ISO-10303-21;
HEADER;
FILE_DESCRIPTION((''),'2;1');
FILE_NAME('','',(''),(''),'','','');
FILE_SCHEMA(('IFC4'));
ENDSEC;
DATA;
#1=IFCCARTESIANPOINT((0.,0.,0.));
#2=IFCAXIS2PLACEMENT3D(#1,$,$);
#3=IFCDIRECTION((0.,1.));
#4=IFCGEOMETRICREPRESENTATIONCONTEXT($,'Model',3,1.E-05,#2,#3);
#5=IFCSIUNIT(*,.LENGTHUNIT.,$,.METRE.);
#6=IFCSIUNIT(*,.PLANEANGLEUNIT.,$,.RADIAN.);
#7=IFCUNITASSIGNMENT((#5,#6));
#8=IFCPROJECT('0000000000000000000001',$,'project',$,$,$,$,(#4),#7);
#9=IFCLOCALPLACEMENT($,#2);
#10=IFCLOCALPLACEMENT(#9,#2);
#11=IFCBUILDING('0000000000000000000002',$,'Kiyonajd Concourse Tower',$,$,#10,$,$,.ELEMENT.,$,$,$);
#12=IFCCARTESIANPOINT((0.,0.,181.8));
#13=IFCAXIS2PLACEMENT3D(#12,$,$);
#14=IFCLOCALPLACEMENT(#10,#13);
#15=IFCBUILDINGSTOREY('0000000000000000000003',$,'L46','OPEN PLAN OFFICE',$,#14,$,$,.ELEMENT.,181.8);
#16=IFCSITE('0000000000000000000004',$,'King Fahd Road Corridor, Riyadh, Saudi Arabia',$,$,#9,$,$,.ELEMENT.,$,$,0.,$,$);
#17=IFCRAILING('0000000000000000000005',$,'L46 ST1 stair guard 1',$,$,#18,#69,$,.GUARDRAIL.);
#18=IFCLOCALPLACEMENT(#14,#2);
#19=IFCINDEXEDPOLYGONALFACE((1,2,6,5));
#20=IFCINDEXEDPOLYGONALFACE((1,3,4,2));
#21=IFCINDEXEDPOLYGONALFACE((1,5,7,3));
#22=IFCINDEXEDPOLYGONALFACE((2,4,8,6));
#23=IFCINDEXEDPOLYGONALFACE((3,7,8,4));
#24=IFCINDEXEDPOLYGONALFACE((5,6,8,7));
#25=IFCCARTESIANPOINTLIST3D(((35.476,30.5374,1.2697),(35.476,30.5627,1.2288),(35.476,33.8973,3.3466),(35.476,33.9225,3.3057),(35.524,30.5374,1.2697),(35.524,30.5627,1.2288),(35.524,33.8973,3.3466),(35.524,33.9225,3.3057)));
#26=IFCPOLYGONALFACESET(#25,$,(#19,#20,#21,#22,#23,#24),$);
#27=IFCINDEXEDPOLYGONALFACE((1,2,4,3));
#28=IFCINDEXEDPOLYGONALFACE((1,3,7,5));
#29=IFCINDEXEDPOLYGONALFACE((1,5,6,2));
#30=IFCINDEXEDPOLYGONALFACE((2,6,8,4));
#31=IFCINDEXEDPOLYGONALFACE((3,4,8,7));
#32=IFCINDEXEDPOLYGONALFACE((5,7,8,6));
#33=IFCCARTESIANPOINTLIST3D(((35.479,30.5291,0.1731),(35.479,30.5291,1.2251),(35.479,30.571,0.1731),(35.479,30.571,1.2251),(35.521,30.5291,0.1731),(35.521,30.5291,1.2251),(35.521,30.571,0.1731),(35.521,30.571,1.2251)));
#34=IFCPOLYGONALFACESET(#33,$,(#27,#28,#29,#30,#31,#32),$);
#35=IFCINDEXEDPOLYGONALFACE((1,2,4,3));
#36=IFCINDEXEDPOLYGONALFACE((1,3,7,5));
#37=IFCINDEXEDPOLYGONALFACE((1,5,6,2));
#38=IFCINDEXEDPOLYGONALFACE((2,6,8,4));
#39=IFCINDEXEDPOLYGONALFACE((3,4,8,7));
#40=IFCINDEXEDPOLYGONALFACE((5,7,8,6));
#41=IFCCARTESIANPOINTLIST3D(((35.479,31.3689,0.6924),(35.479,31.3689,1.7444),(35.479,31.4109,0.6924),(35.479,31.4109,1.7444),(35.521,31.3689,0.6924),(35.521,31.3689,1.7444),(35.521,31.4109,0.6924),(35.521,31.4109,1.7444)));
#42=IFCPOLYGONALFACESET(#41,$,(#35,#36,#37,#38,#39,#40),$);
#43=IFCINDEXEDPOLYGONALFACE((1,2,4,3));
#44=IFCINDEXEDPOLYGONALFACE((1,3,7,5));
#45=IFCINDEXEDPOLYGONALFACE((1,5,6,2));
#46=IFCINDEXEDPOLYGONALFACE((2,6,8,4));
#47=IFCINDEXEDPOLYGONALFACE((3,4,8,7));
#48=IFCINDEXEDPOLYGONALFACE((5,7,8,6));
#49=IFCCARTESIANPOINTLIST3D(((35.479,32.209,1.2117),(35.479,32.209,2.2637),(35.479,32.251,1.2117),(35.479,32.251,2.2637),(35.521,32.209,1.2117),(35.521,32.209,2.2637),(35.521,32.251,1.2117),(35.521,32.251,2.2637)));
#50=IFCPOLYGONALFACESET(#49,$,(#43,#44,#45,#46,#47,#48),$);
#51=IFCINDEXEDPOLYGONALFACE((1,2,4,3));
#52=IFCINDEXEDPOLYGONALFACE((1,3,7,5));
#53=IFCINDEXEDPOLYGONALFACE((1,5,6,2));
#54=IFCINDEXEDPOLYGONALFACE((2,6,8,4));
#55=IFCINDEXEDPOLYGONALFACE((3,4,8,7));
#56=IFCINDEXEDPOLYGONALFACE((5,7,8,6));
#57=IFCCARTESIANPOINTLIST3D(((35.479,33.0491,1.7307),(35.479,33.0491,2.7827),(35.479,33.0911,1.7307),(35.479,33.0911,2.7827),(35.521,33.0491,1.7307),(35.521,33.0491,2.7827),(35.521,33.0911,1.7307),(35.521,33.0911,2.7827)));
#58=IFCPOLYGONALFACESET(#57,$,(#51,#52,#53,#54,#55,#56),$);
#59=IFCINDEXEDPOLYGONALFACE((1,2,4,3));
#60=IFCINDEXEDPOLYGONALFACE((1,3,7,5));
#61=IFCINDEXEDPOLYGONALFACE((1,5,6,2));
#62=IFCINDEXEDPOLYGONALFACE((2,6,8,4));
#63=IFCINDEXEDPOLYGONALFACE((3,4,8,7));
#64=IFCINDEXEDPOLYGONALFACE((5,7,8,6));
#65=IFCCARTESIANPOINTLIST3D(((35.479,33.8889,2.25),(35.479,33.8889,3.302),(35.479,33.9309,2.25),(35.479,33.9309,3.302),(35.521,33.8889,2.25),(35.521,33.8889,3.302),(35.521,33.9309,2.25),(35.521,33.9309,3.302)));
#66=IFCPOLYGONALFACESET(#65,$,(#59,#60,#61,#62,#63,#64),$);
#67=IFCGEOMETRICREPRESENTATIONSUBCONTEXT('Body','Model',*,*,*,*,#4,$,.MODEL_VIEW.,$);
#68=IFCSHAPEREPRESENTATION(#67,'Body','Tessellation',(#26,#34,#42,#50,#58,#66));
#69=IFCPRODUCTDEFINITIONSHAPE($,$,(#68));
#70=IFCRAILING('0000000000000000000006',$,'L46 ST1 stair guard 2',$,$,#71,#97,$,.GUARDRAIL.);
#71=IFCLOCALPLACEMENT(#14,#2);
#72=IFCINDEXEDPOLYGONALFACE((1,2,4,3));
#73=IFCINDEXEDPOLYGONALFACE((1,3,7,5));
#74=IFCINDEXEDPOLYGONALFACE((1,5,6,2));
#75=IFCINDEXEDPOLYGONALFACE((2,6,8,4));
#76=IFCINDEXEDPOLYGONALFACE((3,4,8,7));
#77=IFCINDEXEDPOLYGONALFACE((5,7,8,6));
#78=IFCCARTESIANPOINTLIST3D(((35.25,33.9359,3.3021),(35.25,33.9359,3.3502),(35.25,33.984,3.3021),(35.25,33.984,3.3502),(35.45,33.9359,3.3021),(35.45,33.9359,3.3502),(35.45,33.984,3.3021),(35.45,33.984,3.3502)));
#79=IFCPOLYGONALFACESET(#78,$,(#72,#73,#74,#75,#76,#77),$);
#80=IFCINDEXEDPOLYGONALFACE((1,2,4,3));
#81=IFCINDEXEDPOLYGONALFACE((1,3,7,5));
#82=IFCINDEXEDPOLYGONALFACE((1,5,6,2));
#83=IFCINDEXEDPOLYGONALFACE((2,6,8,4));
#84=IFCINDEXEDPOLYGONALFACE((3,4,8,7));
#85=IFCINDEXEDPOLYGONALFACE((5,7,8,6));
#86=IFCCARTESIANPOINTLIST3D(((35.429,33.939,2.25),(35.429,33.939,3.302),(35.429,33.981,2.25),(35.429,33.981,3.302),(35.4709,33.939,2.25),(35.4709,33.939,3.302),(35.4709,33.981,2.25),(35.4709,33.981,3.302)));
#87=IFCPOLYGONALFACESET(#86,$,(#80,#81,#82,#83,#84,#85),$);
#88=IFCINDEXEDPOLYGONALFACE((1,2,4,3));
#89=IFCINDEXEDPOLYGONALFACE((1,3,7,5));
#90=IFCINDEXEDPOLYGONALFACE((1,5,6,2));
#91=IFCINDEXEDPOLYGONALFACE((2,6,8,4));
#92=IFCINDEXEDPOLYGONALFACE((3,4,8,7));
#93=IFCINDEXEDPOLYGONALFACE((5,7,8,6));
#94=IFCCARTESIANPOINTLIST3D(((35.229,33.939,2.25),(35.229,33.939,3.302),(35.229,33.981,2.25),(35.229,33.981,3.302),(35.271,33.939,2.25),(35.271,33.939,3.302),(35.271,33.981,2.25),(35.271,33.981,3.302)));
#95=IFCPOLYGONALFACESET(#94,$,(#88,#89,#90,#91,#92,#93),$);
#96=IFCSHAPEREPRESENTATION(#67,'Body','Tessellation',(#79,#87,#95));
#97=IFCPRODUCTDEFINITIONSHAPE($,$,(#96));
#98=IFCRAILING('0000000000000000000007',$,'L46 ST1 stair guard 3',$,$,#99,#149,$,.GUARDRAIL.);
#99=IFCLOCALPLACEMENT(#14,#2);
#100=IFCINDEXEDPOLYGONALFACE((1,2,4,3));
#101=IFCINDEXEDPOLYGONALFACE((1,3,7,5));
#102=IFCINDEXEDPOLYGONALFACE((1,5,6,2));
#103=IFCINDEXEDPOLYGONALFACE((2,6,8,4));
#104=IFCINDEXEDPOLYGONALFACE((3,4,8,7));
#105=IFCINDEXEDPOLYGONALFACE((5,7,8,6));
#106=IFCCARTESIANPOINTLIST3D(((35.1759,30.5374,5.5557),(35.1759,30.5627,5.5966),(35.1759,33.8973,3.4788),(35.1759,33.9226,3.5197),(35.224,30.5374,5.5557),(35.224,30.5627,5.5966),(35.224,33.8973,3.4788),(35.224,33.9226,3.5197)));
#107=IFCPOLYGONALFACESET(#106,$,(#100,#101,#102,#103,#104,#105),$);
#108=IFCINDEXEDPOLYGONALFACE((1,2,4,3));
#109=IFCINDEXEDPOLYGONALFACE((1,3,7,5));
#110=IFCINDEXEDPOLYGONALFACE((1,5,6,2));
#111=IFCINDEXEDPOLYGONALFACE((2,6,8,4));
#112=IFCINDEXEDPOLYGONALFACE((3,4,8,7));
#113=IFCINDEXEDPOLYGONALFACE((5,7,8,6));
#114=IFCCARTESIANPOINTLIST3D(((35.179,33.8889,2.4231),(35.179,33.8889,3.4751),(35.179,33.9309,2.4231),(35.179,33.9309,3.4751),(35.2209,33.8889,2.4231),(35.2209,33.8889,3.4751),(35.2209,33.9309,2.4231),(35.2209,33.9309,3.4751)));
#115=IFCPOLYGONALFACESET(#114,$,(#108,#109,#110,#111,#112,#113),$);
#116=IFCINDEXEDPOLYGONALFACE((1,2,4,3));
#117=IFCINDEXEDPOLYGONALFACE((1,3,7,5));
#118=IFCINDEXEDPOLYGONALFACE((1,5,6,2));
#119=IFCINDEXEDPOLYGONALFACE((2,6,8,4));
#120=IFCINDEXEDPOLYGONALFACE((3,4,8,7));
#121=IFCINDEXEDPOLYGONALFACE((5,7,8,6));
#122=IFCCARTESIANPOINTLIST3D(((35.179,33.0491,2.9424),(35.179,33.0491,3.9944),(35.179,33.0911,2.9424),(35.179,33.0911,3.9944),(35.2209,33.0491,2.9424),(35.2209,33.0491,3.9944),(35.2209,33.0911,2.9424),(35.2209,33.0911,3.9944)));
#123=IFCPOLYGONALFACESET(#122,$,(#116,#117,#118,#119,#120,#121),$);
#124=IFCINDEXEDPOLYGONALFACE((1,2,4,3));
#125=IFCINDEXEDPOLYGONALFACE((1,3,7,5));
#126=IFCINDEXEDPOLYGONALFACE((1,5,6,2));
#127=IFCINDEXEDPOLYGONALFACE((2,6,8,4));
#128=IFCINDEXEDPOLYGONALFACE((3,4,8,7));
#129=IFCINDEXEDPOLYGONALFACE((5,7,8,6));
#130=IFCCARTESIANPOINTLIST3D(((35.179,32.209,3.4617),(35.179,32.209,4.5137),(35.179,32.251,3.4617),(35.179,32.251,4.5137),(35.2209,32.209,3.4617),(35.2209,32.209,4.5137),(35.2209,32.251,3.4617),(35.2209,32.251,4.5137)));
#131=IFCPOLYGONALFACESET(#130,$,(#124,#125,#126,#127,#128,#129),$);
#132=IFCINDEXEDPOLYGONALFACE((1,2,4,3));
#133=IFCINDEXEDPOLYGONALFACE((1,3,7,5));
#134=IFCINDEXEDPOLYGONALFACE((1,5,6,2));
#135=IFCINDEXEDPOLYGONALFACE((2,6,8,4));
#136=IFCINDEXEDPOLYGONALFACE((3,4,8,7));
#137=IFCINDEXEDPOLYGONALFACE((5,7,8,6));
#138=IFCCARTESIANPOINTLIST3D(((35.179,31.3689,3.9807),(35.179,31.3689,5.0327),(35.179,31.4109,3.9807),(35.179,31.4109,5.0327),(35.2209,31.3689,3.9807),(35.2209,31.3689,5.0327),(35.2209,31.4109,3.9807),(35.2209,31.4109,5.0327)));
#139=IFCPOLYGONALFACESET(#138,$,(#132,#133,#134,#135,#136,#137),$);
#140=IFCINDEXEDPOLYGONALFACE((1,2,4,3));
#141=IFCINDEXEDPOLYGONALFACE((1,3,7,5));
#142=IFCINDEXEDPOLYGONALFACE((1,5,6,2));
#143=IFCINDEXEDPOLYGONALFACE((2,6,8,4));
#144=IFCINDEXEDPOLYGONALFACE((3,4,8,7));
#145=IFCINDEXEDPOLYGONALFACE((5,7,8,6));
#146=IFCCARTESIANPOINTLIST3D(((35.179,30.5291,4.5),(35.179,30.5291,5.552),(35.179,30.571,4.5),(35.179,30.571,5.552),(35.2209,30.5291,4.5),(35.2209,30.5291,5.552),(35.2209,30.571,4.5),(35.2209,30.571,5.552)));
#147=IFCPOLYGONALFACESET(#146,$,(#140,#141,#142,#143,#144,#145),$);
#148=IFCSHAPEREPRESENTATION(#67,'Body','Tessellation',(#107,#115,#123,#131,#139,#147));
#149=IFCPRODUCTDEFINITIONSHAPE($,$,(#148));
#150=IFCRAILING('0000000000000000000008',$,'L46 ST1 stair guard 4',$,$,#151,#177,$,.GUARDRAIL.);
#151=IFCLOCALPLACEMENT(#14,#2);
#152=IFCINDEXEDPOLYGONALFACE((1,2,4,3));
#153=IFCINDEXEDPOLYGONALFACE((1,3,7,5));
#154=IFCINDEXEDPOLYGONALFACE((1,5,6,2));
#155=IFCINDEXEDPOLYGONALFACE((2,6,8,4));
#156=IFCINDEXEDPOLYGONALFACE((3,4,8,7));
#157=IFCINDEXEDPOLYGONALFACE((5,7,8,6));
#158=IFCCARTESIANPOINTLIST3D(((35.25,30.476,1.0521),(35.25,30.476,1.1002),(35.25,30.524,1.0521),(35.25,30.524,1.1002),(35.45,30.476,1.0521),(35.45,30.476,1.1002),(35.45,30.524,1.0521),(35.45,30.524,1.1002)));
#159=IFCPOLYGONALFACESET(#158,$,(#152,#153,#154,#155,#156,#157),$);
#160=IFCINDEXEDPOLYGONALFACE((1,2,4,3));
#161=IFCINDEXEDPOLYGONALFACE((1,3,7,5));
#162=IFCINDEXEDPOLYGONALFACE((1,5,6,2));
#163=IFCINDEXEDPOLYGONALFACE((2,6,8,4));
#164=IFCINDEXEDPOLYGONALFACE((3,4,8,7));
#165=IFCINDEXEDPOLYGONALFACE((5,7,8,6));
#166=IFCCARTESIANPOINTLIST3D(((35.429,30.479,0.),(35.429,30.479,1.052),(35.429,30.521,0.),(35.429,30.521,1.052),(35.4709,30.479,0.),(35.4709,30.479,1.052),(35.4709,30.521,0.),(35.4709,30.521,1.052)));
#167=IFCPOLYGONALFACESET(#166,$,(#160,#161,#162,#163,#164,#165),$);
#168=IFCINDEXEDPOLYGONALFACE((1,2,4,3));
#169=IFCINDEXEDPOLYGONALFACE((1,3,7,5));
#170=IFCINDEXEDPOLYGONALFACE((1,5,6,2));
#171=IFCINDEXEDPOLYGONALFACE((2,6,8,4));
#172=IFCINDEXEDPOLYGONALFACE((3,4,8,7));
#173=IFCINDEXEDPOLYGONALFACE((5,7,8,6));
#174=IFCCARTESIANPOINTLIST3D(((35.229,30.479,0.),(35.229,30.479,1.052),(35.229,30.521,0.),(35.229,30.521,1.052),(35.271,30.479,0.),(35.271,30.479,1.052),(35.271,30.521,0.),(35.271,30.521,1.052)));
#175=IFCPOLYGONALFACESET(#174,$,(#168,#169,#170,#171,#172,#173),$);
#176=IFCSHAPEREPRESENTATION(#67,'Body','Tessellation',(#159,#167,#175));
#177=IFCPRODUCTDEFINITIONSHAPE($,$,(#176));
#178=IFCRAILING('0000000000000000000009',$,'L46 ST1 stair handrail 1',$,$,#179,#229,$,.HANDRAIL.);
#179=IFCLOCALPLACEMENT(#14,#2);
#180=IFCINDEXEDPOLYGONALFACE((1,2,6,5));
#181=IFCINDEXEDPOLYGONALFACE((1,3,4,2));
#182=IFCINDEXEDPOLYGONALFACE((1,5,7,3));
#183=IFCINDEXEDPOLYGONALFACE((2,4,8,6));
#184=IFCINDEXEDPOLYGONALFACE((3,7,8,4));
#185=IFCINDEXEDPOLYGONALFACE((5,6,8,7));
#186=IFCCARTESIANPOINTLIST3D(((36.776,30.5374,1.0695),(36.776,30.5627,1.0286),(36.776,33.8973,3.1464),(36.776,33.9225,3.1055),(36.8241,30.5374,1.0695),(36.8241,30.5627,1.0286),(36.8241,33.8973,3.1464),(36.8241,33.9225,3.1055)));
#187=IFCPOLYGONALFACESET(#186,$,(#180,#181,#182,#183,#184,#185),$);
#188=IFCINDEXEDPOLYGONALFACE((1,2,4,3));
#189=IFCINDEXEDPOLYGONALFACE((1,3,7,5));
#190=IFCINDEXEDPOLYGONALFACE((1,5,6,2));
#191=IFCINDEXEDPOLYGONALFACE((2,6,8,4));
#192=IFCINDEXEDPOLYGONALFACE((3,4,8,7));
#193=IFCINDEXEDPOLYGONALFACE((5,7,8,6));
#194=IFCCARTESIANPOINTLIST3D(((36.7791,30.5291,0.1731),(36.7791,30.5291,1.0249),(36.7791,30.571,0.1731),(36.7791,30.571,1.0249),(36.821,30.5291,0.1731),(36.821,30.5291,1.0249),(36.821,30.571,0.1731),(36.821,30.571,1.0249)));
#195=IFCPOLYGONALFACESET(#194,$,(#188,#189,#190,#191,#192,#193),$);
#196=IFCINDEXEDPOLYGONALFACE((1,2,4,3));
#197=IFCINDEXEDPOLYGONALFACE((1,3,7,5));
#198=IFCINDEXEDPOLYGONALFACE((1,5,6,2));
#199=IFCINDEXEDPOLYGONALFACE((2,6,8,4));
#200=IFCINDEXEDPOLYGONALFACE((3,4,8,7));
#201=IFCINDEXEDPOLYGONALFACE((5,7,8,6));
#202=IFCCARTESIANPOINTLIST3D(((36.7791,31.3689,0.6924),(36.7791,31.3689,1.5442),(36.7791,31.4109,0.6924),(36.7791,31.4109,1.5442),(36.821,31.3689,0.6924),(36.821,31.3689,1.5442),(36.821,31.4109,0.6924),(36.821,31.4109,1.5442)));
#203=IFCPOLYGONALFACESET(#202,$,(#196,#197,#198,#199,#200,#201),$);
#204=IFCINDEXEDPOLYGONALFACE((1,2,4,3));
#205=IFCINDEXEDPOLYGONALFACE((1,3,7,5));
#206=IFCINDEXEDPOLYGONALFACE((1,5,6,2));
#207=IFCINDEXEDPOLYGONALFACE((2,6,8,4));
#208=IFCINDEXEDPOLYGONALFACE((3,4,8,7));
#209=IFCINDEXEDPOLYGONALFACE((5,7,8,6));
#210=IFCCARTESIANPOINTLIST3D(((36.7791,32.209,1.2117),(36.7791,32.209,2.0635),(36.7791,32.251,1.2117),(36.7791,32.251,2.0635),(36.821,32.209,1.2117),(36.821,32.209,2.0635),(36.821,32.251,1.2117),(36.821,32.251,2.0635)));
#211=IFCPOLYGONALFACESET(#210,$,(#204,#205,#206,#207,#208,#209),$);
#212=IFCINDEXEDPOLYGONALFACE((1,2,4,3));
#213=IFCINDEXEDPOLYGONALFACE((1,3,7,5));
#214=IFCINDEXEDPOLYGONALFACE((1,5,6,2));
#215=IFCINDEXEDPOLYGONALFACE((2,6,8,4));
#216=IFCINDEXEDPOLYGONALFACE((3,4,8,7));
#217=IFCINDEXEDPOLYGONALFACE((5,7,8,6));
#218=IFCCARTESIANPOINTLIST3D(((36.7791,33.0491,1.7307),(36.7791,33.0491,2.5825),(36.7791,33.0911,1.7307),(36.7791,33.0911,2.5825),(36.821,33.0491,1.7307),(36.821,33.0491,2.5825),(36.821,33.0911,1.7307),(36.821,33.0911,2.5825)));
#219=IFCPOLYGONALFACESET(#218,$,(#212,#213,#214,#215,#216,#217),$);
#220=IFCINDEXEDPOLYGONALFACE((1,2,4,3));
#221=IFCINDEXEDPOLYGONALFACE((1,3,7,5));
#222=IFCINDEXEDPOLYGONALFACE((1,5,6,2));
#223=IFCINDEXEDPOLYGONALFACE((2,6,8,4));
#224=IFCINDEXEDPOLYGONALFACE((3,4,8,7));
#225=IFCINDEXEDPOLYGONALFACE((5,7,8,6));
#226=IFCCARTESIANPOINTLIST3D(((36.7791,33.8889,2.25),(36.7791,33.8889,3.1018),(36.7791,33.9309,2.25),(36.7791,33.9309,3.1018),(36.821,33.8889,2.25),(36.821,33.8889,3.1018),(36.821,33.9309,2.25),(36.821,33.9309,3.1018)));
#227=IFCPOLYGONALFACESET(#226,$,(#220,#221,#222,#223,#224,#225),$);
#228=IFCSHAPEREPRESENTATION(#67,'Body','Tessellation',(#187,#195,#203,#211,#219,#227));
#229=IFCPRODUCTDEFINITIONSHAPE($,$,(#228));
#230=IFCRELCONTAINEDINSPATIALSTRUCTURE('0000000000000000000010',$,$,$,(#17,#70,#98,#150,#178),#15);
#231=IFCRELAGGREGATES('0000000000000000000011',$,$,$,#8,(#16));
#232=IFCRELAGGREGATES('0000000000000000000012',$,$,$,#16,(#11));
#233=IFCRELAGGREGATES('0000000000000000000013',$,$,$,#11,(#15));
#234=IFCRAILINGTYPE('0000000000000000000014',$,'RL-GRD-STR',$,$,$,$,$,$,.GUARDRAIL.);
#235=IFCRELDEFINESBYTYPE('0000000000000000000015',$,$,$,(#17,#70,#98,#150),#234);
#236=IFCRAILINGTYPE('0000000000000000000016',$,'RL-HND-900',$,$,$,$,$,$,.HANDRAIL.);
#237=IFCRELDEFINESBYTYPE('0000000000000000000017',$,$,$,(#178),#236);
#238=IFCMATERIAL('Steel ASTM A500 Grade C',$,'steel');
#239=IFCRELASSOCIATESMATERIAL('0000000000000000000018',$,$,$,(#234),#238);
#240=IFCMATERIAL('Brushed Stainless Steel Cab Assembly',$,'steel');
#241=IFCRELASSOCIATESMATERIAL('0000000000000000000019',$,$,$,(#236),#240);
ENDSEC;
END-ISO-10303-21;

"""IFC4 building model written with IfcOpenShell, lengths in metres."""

from ifc_helpers import new_model, si_unit, direction, frame, origin, origin_2d, place, context, subcontext, project, spatial, rectangle, extrude, material, type_object, element, save


model = new_model("IFC4")

# Units and contexts
model_context = context("Model", 3, precision=1e-05, world=origin(), true_north=direction((0.0, 1.0)))
body_context = subcontext(model_context, "Body", "Model", "MODEL_VIEW")
ifc_project = project(units=[si_unit("LENGTHUNIT", "METRE"), si_unit("PLANEANGLEUNIT", "RADIAN")], contexts=[model_context])

# Site, building, storey
site_placement = place(None, origin())
site = spatial("IfcSite", under=ifc_project, at=site_placement, Name="King Fahd Road Corridor, Riyadh, Saudi Arabia", CompositionType="ELEMENT", RefElevation=0.0)
building_placement = place(site_placement, origin())
building = spatial("IfcBuilding", under=site, at=building_placement, Name="Kiyonajd Concourse Tower", CompositionType="ELEMENT")
storey_placement = place(building_placement, frame((0.0, 0.0, 181.8)))
storey = spatial("IfcBuildingStorey", under=building, at=storey_placement, Name="L46", Description="OPEN PLAN OFFICE", CompositionType="ELEMENT", Elevation=181.8)

# Shared definitions
ifc_material_1 = material(Name="Brushed Stainless Steel Cab Assembly", Category="steel")

# Railings
ifc_material_2 = material(Name="Steel ASTM A500 Grade C", Category="steel")
railing_type_1 = type_object("IfcRailingType", Name="RL-GRD-STR", PredefinedType="GUARDRAIL", material=ifc_material_2)
railing_1_placement = place(storey_placement, frame((35.5, 30.55, 0.1731)))
element("IfcRailing", 1, at=railing_1_placement, inside=storey, type_object=railing_type_1, Name="L46 ST1 stair guard 1", PredefinedType="GUARDRAIL", context=body_context, shape_type="SweptSolid", body=[
    extrude(rectangle(XDim=0.0481, YDim=0.0481, at=origin_2d()), frame((0.0, 0.0, 1.0762), z_axis=(0.0, 0.850606, 0.525803), x_axis=(-1.0, 0.0, 0.0)), (0.0, 0.0, 1.0), 3.95),
    extrude(rectangle(XDim=0.042, YDim=0.042, at=origin_2d()), origin(), (0.0, 0.0, 1.0), 1.052),
    extrude(rectangle(XDim=0.042, YDim=0.042, at=origin_2d()), frame((0.0, 0.8398, 0.5193)), (0.0, 0.0, 1.0), 1.052),
    extrude(rectangle(XDim=0.042, YDim=0.042, at=origin_2d()), frame((0.0, 1.6799, 1.0386)), (0.0, 0.0, 1.0), 1.052),
    extrude(rectangle(XDim=0.042, YDim=0.042, at=origin_2d()), frame((0.0, 2.52, 1.5576)), (0.0, 0.0, 1.0), 1.052),
    extrude(rectangle(XDim=0.042, YDim=0.042, at=origin_2d()), frame((0.0, 3.3599, 2.0769)), (0.0, 0.0, 1.0), 1.052),
])
railing_2_placement = place(storey_placement, frame((35.45, 33.96, 2.25)))
element("IfcRailing", 2, at=railing_2_placement, inside=storey, type_object=railing_type_1, Name="L46 ST1 stair guard 2", PredefinedType="GUARDRAIL", context=body_context, shape_type="SweptSolid", body=[
    extrude(rectangle(XDim=0.0481, YDim=0.0481, at=origin_2d()), frame((0.0, 0.0, 1.0762), z_axis=(-1.0, 0.0, 0.0), x_axis=(0.0, -1.0, 0.0)), (0.0, 0.0, 1.0), 0.2),
    extrude(rectangle(XDim=0.042, YDim=0.042, at=origin_2d()), origin(), (0.0, 0.0, 1.0), 1.052),
    extrude(rectangle(XDim=0.042, YDim=0.042, at=origin_2d()), frame((-0.2, 0.0, 0.0)), (0.0, 0.0, 1.0), 1.052),
])
railing_3_placement = place(storey_placement, frame((35.2, 33.9099, 2.4231)))
element("IfcRailing", 3, at=railing_3_placement, inside=storey, type_object=railing_type_1, Name="L46 ST1 stair guard 3", PredefinedType="GUARDRAIL", context=body_context, shape_type="SweptSolid", body=[
    extrude(rectangle(XDim=0.0481, YDim=0.0481, at=origin_2d()), frame((0.0, 0.0, 1.0762), z_axis=(0.0, -0.850606, 0.525803), x_axis=(1.0, 0.0, 0.0)), (0.0, 0.0, 1.0), 3.95),
    extrude(rectangle(XDim=0.042, YDim=0.042, at=origin_2d()), origin(), (0.0, 0.0, 1.0), 1.052),
    extrude(rectangle(XDim=0.042, YDim=0.042, at=origin_2d()), frame((0.0, -0.8398, 0.5193)), (0.0, 0.0, 1.0), 1.052),
    extrude(rectangle(XDim=0.042, YDim=0.042, at=origin_2d()), frame((0.0, -1.6799, 1.0386)), (0.0, 0.0, 1.0), 1.052),
    extrude(rectangle(XDim=0.042, YDim=0.042, at=origin_2d()), frame((0.0, -2.52, 1.5576)), (0.0, 0.0, 1.0), 1.052),
    extrude(rectangle(XDim=0.042, YDim=0.042, at=origin_2d()), frame((0.0, -3.3599, 2.0769)), (0.0, 0.0, 1.0), 1.052),
])
railing_4_placement = place(storey_placement, frame((35.45, 30.5, 0.0)))
element("IfcRailing", 4, at=railing_4_placement, inside=storey, type_object=railing_type_1, Name="L46 ST1 stair guard 4", PredefinedType="GUARDRAIL", context=body_context, shape_type="SweptSolid", body=[
    extrude(rectangle(XDim=0.0481, YDim=0.0481, at=origin_2d()), frame((0.0, 0.0, 1.0762), z_axis=(-1.0, 0.0, 0.0), x_axis=(0.0, -1.0, 0.0)), (0.0, 0.0, 1.0), 0.2),
    extrude(rectangle(XDim=0.042, YDim=0.042, at=origin_2d()), origin(), (0.0, 0.0, 1.0), 1.052),
    extrude(rectangle(XDim=0.042, YDim=0.042, at=origin_2d()), frame((-0.2, 0.0, 0.0)), (0.0, 0.0, 1.0), 1.052),
])
railing_type_2 = type_object("IfcRailingType", Name="RL-HND-900", PredefinedType="HANDRAIL", material=ifc_material_1)
railing_5_placement = place(storey_placement, frame((36.8, 30.55, 0.1731)))
element("IfcRailing", 5, at=railing_5_placement, inside=storey, type_object=railing_type_2, Name="L46 ST1 stair handrail 1", PredefinedType="HANDRAIL", context=body_context, shape_type="SweptSolid", body=[
    extrude(rectangle(XDim=0.0481, YDim=0.0481, at=origin_2d()), frame((0.0, 0.0, 0.876), z_axis=(0.0, 0.850606, 0.525803), x_axis=(-1.0, 0.0, 0.0)), (0.0, 0.0, 1.0), 3.95),
    extrude(rectangle(XDim=0.042, YDim=0.042, at=origin_2d()), origin(), (0.0, 0.0, 1.0), 0.8518),
    extrude(rectangle(XDim=0.042, YDim=0.042, at=origin_2d()), frame((0.0, 0.8398, 0.5193)), (0.0, 0.0, 1.0), 0.8518),
    extrude(rectangle(XDim=0.042, YDim=0.042, at=origin_2d()), frame((0.0, 1.6799, 1.0386)), (0.0, 0.0, 1.0), 0.8518),
    extrude(rectangle(XDim=0.042, YDim=0.042, at=origin_2d()), frame((0.0, 2.52, 1.5576)), (0.0, 0.0, 1.0), 0.8518),
    extrude(rectangle(XDim=0.042, YDim=0.042, at=origin_2d()), frame((0.0, 3.3599, 2.0769)), (0.0, 0.0, 1.0), 0.8518),
])

save(model, "model.ifc")
